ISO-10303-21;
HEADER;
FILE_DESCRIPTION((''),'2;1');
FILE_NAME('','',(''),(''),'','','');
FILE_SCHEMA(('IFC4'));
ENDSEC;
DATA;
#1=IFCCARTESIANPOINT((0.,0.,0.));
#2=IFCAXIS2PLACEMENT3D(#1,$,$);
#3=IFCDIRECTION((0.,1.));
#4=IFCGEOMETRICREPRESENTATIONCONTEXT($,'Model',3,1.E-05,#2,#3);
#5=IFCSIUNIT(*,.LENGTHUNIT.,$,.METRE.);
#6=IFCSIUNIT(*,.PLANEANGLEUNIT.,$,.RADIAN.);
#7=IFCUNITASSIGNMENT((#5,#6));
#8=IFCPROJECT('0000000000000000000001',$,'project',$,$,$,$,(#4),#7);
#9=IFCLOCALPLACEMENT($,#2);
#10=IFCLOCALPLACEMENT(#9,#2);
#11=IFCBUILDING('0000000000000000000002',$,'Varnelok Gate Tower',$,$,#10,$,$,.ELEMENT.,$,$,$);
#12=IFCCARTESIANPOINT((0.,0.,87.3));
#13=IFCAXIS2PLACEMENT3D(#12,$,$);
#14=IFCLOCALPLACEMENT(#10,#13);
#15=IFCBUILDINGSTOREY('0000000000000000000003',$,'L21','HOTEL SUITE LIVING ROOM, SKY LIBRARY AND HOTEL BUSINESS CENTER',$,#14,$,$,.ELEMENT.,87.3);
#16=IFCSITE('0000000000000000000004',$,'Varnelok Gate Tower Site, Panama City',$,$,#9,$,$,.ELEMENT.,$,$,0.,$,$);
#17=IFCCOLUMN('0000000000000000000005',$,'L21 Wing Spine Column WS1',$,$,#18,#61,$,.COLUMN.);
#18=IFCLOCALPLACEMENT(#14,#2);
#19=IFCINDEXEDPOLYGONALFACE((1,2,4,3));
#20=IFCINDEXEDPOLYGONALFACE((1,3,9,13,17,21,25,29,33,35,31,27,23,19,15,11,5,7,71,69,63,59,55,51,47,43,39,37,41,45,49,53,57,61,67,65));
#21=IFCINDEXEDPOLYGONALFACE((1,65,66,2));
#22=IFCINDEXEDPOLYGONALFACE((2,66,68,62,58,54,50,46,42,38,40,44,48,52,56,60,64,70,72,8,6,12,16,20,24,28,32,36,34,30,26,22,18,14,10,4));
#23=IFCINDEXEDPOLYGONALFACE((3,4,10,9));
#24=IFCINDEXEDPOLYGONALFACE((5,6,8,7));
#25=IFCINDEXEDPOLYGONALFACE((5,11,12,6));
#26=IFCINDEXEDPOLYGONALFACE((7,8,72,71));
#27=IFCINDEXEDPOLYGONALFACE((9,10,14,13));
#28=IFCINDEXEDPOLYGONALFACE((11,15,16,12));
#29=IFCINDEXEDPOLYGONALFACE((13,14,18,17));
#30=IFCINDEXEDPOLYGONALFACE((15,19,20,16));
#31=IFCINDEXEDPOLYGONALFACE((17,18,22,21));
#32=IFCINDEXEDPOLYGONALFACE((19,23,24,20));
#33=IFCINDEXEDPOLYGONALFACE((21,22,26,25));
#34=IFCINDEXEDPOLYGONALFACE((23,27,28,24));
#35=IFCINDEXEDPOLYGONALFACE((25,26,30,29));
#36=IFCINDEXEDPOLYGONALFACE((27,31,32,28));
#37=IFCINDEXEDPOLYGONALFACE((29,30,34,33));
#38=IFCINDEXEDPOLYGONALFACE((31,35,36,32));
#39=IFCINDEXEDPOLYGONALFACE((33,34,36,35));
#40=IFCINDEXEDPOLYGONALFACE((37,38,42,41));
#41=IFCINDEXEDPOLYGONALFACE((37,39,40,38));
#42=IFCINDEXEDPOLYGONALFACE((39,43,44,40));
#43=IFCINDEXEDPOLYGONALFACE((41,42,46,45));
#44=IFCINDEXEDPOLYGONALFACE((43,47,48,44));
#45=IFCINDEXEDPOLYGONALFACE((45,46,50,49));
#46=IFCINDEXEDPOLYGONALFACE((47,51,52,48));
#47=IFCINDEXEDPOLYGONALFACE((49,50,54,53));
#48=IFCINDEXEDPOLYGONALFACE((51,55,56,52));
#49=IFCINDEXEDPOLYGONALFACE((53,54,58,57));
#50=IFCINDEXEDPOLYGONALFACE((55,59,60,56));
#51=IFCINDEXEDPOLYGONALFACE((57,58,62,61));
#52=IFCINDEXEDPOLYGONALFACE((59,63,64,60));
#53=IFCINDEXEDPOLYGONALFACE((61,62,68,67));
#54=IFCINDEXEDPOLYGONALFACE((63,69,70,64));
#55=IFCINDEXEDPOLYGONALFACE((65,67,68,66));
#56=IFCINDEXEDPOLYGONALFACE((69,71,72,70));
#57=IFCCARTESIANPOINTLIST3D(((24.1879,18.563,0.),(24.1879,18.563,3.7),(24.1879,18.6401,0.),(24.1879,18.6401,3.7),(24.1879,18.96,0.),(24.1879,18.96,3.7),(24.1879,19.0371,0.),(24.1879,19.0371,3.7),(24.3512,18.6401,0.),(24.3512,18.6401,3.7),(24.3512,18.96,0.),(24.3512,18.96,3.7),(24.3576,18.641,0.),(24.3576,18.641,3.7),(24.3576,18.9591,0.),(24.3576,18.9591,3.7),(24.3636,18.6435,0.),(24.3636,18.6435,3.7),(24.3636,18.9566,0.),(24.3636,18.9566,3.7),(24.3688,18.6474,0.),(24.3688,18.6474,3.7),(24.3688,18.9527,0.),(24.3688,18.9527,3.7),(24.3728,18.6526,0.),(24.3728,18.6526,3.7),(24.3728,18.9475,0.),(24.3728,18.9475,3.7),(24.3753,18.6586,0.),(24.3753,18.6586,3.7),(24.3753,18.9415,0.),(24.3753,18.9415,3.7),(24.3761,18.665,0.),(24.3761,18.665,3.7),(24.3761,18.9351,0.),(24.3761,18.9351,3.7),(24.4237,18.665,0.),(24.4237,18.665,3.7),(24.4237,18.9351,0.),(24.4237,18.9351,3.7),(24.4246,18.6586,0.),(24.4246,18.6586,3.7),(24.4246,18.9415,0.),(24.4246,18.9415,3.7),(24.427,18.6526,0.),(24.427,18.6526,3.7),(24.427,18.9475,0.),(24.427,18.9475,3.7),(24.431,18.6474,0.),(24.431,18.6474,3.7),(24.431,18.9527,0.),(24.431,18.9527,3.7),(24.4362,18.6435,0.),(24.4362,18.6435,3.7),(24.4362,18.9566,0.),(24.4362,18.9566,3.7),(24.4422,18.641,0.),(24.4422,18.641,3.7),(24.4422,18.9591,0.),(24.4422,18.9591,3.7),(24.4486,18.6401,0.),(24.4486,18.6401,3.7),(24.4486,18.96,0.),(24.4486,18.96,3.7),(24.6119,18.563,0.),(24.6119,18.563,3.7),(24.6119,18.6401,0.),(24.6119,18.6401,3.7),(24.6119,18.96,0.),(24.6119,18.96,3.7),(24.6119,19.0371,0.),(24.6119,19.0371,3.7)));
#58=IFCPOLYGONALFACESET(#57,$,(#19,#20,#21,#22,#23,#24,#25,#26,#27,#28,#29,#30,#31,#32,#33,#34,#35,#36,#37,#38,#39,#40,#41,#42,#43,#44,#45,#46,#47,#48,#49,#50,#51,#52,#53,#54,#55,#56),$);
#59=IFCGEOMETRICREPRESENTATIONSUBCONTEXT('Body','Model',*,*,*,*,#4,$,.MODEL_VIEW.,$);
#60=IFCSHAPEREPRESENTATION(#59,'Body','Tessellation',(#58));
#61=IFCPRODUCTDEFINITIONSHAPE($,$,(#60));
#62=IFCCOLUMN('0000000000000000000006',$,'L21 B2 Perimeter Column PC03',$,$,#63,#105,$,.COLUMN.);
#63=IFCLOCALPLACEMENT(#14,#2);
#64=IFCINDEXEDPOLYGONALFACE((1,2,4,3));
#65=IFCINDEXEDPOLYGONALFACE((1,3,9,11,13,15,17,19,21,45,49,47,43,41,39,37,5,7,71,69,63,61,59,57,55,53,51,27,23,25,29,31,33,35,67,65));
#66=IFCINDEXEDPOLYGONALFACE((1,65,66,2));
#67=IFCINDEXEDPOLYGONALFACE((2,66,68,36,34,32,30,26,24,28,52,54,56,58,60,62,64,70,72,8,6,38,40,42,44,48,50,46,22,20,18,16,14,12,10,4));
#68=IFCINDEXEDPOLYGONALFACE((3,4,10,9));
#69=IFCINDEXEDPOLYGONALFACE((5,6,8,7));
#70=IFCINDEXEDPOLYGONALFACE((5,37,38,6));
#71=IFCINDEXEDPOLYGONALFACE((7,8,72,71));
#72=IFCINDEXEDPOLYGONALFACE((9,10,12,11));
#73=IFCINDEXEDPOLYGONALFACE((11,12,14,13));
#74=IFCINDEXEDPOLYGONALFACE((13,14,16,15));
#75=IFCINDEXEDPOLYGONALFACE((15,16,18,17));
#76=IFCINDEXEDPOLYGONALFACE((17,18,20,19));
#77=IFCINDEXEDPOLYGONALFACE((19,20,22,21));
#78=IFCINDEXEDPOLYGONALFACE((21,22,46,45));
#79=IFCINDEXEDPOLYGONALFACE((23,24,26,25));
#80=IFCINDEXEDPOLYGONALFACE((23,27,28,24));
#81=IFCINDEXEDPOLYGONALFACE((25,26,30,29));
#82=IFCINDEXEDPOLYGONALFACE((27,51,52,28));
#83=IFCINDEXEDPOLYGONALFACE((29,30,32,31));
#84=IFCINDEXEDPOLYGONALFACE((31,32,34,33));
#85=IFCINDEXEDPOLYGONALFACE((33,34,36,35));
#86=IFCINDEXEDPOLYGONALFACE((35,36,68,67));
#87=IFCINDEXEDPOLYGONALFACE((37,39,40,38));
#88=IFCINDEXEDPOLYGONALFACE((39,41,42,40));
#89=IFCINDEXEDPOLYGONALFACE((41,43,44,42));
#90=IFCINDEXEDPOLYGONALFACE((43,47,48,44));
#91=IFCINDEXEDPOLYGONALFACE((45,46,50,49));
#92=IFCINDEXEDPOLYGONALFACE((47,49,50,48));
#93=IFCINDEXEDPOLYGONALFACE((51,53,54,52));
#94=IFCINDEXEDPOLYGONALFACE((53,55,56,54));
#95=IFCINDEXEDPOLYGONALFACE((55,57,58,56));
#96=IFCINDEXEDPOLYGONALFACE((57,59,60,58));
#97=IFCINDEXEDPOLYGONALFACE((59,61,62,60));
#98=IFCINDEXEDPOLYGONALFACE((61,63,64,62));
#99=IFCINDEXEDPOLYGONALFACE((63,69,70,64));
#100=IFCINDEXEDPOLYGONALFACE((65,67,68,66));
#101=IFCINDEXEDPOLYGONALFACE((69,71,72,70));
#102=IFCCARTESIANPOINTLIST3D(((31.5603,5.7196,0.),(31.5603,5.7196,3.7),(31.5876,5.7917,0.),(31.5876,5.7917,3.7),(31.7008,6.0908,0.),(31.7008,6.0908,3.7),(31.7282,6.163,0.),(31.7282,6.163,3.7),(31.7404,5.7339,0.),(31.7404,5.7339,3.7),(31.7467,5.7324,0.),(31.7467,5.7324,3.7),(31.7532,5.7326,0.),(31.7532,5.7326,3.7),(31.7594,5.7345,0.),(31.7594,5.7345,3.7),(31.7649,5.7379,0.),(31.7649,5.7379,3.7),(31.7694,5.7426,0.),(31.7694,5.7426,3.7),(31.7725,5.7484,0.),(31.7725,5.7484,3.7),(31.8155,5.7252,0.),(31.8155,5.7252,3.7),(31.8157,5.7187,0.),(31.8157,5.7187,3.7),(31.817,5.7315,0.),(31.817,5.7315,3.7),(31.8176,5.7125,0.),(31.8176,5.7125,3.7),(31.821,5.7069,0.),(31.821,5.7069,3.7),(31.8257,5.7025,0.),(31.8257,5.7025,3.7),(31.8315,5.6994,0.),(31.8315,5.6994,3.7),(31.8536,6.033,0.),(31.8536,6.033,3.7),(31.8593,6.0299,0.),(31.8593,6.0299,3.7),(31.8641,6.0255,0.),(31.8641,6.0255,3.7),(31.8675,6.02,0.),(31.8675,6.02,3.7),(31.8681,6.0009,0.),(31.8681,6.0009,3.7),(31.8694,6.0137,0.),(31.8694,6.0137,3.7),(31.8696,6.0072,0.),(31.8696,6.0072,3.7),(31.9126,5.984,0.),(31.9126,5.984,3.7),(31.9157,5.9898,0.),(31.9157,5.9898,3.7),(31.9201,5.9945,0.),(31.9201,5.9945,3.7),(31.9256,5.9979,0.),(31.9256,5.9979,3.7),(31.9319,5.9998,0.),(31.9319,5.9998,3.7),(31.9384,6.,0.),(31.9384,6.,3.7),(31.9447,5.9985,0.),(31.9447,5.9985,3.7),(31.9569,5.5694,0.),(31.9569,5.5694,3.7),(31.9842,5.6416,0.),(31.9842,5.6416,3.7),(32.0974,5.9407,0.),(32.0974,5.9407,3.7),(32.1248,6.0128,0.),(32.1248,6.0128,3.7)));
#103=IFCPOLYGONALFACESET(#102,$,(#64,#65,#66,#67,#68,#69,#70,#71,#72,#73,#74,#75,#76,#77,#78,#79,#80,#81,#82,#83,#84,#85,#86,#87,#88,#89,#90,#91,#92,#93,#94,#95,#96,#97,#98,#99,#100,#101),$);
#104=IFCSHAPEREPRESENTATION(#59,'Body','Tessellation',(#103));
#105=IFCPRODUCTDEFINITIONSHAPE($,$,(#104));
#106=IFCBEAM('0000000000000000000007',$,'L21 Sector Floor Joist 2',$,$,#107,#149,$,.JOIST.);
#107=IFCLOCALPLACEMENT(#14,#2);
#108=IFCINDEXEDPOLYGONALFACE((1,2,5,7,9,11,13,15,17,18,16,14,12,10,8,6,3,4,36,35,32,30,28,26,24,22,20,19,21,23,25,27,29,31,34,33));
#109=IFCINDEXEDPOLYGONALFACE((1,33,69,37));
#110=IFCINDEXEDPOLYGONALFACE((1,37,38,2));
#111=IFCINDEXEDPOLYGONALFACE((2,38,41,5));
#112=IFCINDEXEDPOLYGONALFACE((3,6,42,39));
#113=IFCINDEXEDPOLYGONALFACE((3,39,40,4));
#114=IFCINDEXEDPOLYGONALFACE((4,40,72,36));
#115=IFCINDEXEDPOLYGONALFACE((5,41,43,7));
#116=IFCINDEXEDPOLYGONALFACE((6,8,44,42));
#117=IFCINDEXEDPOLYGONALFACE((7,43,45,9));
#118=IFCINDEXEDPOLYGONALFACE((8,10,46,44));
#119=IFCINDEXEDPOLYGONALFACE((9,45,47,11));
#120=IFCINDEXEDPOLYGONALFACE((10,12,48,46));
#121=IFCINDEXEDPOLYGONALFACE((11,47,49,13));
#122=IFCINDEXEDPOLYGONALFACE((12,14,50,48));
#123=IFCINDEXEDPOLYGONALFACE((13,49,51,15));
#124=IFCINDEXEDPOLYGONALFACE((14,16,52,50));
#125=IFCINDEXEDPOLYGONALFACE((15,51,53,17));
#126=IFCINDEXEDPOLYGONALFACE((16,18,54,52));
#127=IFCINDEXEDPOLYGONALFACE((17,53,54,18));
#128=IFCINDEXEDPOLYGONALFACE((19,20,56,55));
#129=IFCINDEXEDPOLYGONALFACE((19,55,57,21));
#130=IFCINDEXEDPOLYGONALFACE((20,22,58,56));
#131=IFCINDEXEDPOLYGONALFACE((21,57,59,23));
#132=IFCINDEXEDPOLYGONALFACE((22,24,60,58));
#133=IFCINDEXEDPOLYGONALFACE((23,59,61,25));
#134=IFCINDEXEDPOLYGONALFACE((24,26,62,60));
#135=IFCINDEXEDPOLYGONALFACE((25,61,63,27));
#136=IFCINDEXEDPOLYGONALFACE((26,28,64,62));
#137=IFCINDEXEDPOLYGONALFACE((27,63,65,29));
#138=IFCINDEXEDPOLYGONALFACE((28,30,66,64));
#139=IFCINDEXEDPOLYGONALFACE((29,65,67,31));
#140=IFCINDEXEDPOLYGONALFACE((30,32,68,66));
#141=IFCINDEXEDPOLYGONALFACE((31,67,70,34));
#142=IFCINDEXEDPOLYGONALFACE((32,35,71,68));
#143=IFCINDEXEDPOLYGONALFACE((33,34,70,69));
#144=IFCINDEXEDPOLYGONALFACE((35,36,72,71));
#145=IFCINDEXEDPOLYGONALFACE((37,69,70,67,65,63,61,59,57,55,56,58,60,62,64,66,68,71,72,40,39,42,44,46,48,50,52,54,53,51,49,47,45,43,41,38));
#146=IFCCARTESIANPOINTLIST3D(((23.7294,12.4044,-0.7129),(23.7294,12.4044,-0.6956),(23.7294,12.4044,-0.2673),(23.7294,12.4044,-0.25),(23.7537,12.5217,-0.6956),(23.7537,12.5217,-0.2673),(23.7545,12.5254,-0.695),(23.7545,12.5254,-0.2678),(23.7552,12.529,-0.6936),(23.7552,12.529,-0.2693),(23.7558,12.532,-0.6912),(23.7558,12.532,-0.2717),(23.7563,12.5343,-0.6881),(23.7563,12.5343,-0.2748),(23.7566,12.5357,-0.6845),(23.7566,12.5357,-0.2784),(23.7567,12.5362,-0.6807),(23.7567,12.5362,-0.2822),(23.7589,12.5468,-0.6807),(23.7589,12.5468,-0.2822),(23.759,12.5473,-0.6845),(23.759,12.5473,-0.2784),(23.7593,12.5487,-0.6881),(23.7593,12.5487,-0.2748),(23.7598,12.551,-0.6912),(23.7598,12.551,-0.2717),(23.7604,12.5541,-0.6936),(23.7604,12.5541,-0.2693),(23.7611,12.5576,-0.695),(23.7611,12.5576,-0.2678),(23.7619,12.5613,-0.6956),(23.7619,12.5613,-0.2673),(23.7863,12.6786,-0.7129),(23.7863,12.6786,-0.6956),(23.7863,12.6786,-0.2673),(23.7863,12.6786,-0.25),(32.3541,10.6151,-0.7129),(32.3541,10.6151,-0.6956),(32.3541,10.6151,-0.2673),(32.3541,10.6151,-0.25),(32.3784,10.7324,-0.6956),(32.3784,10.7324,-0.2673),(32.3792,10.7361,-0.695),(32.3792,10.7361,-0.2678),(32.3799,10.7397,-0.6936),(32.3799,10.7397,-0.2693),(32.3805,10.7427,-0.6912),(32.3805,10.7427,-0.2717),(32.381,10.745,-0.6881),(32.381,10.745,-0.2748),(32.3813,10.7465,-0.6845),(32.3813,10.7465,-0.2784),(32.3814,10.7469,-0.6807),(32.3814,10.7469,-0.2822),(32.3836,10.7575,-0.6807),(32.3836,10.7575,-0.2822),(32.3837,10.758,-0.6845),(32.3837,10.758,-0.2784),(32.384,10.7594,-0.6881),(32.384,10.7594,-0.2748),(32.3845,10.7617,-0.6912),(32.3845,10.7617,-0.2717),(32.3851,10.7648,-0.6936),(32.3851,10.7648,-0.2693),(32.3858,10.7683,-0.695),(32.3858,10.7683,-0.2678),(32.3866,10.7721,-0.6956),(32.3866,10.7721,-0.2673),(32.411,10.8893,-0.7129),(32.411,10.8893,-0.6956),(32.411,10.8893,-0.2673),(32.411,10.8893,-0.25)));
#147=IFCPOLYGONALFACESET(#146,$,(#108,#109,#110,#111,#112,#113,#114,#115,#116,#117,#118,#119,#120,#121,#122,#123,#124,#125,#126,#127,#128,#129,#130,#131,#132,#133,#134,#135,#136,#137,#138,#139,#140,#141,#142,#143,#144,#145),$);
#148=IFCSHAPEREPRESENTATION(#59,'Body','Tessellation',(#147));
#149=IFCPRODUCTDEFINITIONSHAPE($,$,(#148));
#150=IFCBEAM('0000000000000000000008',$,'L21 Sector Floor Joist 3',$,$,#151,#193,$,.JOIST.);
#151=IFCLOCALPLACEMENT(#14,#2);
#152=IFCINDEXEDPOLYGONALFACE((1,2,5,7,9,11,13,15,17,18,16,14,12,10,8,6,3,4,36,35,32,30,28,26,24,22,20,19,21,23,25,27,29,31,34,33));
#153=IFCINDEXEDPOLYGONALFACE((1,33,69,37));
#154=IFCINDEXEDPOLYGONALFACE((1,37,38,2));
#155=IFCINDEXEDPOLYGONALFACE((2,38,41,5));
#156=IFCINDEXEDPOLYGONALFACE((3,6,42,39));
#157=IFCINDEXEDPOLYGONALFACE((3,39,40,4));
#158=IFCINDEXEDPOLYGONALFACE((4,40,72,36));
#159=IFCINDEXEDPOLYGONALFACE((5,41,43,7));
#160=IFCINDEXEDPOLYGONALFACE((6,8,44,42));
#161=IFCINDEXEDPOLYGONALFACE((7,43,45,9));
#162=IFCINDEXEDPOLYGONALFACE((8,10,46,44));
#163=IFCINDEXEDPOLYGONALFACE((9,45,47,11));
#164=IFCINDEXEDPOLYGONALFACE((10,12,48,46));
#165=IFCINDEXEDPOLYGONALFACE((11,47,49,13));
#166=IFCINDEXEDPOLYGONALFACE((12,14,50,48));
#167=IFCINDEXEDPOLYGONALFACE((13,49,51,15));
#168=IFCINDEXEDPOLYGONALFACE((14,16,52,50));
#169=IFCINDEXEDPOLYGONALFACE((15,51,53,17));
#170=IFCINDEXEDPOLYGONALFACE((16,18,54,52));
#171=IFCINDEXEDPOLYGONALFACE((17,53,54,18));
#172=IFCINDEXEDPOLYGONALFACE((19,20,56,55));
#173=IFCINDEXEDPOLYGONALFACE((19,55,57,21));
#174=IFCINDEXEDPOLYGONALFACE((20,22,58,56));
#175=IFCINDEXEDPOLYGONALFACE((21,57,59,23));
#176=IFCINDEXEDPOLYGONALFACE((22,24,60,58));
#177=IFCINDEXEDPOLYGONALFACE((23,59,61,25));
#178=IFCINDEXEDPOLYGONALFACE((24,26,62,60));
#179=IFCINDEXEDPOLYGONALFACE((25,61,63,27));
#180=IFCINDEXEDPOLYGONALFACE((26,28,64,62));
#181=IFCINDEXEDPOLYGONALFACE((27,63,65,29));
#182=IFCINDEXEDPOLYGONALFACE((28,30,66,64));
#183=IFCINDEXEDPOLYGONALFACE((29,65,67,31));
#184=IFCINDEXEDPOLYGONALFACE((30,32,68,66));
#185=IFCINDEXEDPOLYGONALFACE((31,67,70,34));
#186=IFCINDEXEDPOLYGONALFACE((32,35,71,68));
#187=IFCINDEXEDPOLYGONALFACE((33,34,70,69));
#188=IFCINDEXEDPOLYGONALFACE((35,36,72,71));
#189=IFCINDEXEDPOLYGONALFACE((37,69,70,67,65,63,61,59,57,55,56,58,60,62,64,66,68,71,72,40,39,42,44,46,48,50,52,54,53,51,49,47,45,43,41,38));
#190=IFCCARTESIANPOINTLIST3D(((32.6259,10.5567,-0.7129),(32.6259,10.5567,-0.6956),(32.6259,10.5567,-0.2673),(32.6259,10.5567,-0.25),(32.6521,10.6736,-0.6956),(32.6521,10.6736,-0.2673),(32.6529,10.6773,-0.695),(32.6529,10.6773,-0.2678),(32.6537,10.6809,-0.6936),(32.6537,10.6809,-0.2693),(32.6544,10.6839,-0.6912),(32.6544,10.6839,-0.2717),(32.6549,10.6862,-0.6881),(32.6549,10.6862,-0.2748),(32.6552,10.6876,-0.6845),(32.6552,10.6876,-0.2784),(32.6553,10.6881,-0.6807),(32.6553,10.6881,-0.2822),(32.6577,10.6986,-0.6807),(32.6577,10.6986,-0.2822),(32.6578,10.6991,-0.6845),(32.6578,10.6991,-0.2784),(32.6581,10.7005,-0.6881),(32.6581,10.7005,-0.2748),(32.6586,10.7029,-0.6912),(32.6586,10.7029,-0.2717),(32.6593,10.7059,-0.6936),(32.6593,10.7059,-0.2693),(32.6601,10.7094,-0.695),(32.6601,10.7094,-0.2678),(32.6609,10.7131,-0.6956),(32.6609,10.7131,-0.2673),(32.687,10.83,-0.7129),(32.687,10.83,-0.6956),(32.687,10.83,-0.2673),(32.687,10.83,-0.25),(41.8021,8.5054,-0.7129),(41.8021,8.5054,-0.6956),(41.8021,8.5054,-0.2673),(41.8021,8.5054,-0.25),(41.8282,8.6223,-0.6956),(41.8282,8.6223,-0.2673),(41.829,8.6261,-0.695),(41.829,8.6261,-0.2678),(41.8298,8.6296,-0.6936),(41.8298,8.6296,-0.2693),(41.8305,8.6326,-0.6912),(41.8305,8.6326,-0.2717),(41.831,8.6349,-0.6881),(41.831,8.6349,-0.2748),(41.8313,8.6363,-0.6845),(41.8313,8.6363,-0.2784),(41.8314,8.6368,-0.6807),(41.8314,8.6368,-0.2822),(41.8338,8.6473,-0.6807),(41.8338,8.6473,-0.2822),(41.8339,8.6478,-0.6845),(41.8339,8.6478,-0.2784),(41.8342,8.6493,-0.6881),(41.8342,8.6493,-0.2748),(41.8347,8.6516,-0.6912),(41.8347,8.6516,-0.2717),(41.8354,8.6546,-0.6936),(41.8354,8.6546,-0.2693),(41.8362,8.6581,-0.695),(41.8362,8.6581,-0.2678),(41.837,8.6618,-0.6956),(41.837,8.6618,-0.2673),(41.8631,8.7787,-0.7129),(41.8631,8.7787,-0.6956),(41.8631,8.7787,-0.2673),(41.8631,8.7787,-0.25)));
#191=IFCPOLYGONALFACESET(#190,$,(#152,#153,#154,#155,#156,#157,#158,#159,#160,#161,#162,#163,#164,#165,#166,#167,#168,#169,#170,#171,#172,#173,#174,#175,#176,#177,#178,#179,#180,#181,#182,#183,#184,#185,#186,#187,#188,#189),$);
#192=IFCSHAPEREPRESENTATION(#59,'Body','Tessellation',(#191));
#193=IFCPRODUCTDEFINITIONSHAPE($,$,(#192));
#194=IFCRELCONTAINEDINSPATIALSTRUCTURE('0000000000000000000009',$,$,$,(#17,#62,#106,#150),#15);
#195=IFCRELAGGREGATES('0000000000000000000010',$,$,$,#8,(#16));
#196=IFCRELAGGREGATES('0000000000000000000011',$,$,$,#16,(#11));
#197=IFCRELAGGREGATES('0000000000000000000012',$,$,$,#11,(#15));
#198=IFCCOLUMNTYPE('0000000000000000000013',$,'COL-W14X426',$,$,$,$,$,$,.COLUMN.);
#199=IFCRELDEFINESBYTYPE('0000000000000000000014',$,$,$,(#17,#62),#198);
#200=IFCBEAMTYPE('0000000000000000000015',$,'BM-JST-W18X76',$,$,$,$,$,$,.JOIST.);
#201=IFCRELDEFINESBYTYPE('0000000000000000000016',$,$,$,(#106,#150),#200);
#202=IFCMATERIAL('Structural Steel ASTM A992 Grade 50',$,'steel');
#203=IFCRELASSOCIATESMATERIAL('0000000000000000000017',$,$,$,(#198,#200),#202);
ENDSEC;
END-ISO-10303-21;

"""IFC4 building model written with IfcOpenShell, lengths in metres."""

from ifc_helpers import new_model, si_unit, direction, frame, origin, origin_2d, place, context, subcontext, project, spatial, i_section, extrude, material, material_profile, profile_set, type_object, element, save


model = new_model("IFC4")

# Units and contexts
model_context = context("Model", 3, precision=1e-05, world=origin(), true_north=direction((0.0, 1.0)))
body_context = subcontext(model_context, "Body", "Model", "MODEL_VIEW")
ifc_project = project(units=[si_unit("LENGTHUNIT", "METRE"), si_unit("PLANEANGLEUNIT", "RADIAN")], contexts=[model_context])

# Site, building, storey
site_placement = place(None, origin())
site = spatial("IfcSite", under=ifc_project, at=site_placement, Name="Varnelok Gate Tower Site, Panama City", CompositionType="ELEMENT", RefElevation=0.0)
building_placement = place(site_placement, origin())
building = spatial("IfcBuilding", under=site, at=building_placement, Name="Varnelok Gate Tower", CompositionType="ELEMENT")
storey_placement = place(building_placement, frame((0.0, 0.0, 87.3)))
storey = spatial("IfcBuildingStorey", under=building, at=storey_placement, Name="L21", Description="HOTEL SUITE LIVING ROOM, SKY LIBRARY AND HOTEL BUSINESS CENTER", CompositionType="ELEMENT", Elevation=87.3)

# Columns
ifc_material_1 = material(Name="Structural Steel ASTM A992 Grade 50", Category="steel")
ifc_material_profile_1 = material_profile(ifc_material_1, i_section(OverallWidth=0.4241, OverallDepth=0.4741, WebThickness=0.0476, FlangeThickness=0.0771, FilletRadius=0.0249, at=origin_2d()), Name="W14X426")
ifc_profile_set_1 = profile_set([ifc_material_profile_1], Name="Structural Steel ASTM A992 Grade 50")
column_type = type_object("IfcColumnType", Name="COL-W14X426", PredefinedType="COLUMN", material=ifc_profile_set_1)
for number, where, z_axis, x_axis, name in (
    (1, (24.3999, 18.8, 0.0), (0.0, 0.0, 1.0), (1.0, 0.0, 0.0), "L21 Wing Spine Column WS1"),
    (2, (31.8425, 5.8662, 0.0), (0.0, 0.0, 1.0), (0.935222, -0.354063, 0.0), "L21 B2 Perimeter Column PC03"),
):
    element("IfcColumn", number, at=place(storey_placement, frame(where, z_axis=z_axis, x_axis=x_axis)), inside=storey, type_object=column_type, Name=name, PredefinedType="COLUMN", context=body_context, shape_type="SweptSolid", body=[
        extrude(i_section(OverallWidth=0.4241, OverallDepth=0.4741, WebThickness=0.0476, FlangeThickness=0.0771, FilletRadius=0.0249, at=origin_2d()), origin(), (0.0, 0.0, 1.0), 3.7),
    ])

# Beams
ifc_material_profile_2 = material_profile(ifc_material_1, i_section(OverallWidth=0.28, OverallDepth=0.4629, WebThickness=0.0107, FlangeThickness=0.0173, FilletRadius=0.0149, at=origin_2d()), Name="W18X76")
ifc_profile_set_2 = profile_set([ifc_material_profile_2], Name="Structural Steel ASTM A992 Grade 50")
beam_type_1 = type_object("IfcBeamType", Name="BM-JST-W18X76", PredefinedType="JOIST", material=ifc_profile_set_2)
beam_1_placement = place(storey_placement, frame((23.7578, 12.5415, -0.4814), z_axis=(0.97915, -0.203136, 0.0), x_axis=(0.203136, 0.97915, 0.0)))
element("IfcBeam", 3, at=beam_1_placement, inside=storey, type_object=beam_type_1, Name="L21 Sector Floor Joist 2", PredefinedType="JOIST", context=body_context, shape_type="SweptSolid", body=[
    extrude(i_section(OverallWidth=0.28, OverallDepth=0.4629, WebThickness=0.0107, FlangeThickness=0.0173, FilletRadius=0.0149, at=origin_2d()), origin(), (0.0, 0.0, 1.0), 8.8083),
])
beam_2_placement = place(storey_placement, frame((32.6565, 10.6934, -0.4814), z_axis=(0.975913, -0.218162, 0.0), x_axis=(0.218162, 0.975913, 0.0)))
element("IfcBeam", 4, at=beam_2_placement, inside=storey, type_object=beam_type_1, Name="L21 Sector Floor Joist 3", PredefinedType="JOIST", context=body_context, shape_type="SweptSolid", body=[
    extrude(i_section(OverallWidth=0.28, OverallDepth=0.4629, WebThickness=0.0107, FlangeThickness=0.0173, FilletRadius=0.0149, at=origin_2d()), origin(), (0.0, 0.0, 1.0), 9.4026),
])

save(model, "model.ifc")
